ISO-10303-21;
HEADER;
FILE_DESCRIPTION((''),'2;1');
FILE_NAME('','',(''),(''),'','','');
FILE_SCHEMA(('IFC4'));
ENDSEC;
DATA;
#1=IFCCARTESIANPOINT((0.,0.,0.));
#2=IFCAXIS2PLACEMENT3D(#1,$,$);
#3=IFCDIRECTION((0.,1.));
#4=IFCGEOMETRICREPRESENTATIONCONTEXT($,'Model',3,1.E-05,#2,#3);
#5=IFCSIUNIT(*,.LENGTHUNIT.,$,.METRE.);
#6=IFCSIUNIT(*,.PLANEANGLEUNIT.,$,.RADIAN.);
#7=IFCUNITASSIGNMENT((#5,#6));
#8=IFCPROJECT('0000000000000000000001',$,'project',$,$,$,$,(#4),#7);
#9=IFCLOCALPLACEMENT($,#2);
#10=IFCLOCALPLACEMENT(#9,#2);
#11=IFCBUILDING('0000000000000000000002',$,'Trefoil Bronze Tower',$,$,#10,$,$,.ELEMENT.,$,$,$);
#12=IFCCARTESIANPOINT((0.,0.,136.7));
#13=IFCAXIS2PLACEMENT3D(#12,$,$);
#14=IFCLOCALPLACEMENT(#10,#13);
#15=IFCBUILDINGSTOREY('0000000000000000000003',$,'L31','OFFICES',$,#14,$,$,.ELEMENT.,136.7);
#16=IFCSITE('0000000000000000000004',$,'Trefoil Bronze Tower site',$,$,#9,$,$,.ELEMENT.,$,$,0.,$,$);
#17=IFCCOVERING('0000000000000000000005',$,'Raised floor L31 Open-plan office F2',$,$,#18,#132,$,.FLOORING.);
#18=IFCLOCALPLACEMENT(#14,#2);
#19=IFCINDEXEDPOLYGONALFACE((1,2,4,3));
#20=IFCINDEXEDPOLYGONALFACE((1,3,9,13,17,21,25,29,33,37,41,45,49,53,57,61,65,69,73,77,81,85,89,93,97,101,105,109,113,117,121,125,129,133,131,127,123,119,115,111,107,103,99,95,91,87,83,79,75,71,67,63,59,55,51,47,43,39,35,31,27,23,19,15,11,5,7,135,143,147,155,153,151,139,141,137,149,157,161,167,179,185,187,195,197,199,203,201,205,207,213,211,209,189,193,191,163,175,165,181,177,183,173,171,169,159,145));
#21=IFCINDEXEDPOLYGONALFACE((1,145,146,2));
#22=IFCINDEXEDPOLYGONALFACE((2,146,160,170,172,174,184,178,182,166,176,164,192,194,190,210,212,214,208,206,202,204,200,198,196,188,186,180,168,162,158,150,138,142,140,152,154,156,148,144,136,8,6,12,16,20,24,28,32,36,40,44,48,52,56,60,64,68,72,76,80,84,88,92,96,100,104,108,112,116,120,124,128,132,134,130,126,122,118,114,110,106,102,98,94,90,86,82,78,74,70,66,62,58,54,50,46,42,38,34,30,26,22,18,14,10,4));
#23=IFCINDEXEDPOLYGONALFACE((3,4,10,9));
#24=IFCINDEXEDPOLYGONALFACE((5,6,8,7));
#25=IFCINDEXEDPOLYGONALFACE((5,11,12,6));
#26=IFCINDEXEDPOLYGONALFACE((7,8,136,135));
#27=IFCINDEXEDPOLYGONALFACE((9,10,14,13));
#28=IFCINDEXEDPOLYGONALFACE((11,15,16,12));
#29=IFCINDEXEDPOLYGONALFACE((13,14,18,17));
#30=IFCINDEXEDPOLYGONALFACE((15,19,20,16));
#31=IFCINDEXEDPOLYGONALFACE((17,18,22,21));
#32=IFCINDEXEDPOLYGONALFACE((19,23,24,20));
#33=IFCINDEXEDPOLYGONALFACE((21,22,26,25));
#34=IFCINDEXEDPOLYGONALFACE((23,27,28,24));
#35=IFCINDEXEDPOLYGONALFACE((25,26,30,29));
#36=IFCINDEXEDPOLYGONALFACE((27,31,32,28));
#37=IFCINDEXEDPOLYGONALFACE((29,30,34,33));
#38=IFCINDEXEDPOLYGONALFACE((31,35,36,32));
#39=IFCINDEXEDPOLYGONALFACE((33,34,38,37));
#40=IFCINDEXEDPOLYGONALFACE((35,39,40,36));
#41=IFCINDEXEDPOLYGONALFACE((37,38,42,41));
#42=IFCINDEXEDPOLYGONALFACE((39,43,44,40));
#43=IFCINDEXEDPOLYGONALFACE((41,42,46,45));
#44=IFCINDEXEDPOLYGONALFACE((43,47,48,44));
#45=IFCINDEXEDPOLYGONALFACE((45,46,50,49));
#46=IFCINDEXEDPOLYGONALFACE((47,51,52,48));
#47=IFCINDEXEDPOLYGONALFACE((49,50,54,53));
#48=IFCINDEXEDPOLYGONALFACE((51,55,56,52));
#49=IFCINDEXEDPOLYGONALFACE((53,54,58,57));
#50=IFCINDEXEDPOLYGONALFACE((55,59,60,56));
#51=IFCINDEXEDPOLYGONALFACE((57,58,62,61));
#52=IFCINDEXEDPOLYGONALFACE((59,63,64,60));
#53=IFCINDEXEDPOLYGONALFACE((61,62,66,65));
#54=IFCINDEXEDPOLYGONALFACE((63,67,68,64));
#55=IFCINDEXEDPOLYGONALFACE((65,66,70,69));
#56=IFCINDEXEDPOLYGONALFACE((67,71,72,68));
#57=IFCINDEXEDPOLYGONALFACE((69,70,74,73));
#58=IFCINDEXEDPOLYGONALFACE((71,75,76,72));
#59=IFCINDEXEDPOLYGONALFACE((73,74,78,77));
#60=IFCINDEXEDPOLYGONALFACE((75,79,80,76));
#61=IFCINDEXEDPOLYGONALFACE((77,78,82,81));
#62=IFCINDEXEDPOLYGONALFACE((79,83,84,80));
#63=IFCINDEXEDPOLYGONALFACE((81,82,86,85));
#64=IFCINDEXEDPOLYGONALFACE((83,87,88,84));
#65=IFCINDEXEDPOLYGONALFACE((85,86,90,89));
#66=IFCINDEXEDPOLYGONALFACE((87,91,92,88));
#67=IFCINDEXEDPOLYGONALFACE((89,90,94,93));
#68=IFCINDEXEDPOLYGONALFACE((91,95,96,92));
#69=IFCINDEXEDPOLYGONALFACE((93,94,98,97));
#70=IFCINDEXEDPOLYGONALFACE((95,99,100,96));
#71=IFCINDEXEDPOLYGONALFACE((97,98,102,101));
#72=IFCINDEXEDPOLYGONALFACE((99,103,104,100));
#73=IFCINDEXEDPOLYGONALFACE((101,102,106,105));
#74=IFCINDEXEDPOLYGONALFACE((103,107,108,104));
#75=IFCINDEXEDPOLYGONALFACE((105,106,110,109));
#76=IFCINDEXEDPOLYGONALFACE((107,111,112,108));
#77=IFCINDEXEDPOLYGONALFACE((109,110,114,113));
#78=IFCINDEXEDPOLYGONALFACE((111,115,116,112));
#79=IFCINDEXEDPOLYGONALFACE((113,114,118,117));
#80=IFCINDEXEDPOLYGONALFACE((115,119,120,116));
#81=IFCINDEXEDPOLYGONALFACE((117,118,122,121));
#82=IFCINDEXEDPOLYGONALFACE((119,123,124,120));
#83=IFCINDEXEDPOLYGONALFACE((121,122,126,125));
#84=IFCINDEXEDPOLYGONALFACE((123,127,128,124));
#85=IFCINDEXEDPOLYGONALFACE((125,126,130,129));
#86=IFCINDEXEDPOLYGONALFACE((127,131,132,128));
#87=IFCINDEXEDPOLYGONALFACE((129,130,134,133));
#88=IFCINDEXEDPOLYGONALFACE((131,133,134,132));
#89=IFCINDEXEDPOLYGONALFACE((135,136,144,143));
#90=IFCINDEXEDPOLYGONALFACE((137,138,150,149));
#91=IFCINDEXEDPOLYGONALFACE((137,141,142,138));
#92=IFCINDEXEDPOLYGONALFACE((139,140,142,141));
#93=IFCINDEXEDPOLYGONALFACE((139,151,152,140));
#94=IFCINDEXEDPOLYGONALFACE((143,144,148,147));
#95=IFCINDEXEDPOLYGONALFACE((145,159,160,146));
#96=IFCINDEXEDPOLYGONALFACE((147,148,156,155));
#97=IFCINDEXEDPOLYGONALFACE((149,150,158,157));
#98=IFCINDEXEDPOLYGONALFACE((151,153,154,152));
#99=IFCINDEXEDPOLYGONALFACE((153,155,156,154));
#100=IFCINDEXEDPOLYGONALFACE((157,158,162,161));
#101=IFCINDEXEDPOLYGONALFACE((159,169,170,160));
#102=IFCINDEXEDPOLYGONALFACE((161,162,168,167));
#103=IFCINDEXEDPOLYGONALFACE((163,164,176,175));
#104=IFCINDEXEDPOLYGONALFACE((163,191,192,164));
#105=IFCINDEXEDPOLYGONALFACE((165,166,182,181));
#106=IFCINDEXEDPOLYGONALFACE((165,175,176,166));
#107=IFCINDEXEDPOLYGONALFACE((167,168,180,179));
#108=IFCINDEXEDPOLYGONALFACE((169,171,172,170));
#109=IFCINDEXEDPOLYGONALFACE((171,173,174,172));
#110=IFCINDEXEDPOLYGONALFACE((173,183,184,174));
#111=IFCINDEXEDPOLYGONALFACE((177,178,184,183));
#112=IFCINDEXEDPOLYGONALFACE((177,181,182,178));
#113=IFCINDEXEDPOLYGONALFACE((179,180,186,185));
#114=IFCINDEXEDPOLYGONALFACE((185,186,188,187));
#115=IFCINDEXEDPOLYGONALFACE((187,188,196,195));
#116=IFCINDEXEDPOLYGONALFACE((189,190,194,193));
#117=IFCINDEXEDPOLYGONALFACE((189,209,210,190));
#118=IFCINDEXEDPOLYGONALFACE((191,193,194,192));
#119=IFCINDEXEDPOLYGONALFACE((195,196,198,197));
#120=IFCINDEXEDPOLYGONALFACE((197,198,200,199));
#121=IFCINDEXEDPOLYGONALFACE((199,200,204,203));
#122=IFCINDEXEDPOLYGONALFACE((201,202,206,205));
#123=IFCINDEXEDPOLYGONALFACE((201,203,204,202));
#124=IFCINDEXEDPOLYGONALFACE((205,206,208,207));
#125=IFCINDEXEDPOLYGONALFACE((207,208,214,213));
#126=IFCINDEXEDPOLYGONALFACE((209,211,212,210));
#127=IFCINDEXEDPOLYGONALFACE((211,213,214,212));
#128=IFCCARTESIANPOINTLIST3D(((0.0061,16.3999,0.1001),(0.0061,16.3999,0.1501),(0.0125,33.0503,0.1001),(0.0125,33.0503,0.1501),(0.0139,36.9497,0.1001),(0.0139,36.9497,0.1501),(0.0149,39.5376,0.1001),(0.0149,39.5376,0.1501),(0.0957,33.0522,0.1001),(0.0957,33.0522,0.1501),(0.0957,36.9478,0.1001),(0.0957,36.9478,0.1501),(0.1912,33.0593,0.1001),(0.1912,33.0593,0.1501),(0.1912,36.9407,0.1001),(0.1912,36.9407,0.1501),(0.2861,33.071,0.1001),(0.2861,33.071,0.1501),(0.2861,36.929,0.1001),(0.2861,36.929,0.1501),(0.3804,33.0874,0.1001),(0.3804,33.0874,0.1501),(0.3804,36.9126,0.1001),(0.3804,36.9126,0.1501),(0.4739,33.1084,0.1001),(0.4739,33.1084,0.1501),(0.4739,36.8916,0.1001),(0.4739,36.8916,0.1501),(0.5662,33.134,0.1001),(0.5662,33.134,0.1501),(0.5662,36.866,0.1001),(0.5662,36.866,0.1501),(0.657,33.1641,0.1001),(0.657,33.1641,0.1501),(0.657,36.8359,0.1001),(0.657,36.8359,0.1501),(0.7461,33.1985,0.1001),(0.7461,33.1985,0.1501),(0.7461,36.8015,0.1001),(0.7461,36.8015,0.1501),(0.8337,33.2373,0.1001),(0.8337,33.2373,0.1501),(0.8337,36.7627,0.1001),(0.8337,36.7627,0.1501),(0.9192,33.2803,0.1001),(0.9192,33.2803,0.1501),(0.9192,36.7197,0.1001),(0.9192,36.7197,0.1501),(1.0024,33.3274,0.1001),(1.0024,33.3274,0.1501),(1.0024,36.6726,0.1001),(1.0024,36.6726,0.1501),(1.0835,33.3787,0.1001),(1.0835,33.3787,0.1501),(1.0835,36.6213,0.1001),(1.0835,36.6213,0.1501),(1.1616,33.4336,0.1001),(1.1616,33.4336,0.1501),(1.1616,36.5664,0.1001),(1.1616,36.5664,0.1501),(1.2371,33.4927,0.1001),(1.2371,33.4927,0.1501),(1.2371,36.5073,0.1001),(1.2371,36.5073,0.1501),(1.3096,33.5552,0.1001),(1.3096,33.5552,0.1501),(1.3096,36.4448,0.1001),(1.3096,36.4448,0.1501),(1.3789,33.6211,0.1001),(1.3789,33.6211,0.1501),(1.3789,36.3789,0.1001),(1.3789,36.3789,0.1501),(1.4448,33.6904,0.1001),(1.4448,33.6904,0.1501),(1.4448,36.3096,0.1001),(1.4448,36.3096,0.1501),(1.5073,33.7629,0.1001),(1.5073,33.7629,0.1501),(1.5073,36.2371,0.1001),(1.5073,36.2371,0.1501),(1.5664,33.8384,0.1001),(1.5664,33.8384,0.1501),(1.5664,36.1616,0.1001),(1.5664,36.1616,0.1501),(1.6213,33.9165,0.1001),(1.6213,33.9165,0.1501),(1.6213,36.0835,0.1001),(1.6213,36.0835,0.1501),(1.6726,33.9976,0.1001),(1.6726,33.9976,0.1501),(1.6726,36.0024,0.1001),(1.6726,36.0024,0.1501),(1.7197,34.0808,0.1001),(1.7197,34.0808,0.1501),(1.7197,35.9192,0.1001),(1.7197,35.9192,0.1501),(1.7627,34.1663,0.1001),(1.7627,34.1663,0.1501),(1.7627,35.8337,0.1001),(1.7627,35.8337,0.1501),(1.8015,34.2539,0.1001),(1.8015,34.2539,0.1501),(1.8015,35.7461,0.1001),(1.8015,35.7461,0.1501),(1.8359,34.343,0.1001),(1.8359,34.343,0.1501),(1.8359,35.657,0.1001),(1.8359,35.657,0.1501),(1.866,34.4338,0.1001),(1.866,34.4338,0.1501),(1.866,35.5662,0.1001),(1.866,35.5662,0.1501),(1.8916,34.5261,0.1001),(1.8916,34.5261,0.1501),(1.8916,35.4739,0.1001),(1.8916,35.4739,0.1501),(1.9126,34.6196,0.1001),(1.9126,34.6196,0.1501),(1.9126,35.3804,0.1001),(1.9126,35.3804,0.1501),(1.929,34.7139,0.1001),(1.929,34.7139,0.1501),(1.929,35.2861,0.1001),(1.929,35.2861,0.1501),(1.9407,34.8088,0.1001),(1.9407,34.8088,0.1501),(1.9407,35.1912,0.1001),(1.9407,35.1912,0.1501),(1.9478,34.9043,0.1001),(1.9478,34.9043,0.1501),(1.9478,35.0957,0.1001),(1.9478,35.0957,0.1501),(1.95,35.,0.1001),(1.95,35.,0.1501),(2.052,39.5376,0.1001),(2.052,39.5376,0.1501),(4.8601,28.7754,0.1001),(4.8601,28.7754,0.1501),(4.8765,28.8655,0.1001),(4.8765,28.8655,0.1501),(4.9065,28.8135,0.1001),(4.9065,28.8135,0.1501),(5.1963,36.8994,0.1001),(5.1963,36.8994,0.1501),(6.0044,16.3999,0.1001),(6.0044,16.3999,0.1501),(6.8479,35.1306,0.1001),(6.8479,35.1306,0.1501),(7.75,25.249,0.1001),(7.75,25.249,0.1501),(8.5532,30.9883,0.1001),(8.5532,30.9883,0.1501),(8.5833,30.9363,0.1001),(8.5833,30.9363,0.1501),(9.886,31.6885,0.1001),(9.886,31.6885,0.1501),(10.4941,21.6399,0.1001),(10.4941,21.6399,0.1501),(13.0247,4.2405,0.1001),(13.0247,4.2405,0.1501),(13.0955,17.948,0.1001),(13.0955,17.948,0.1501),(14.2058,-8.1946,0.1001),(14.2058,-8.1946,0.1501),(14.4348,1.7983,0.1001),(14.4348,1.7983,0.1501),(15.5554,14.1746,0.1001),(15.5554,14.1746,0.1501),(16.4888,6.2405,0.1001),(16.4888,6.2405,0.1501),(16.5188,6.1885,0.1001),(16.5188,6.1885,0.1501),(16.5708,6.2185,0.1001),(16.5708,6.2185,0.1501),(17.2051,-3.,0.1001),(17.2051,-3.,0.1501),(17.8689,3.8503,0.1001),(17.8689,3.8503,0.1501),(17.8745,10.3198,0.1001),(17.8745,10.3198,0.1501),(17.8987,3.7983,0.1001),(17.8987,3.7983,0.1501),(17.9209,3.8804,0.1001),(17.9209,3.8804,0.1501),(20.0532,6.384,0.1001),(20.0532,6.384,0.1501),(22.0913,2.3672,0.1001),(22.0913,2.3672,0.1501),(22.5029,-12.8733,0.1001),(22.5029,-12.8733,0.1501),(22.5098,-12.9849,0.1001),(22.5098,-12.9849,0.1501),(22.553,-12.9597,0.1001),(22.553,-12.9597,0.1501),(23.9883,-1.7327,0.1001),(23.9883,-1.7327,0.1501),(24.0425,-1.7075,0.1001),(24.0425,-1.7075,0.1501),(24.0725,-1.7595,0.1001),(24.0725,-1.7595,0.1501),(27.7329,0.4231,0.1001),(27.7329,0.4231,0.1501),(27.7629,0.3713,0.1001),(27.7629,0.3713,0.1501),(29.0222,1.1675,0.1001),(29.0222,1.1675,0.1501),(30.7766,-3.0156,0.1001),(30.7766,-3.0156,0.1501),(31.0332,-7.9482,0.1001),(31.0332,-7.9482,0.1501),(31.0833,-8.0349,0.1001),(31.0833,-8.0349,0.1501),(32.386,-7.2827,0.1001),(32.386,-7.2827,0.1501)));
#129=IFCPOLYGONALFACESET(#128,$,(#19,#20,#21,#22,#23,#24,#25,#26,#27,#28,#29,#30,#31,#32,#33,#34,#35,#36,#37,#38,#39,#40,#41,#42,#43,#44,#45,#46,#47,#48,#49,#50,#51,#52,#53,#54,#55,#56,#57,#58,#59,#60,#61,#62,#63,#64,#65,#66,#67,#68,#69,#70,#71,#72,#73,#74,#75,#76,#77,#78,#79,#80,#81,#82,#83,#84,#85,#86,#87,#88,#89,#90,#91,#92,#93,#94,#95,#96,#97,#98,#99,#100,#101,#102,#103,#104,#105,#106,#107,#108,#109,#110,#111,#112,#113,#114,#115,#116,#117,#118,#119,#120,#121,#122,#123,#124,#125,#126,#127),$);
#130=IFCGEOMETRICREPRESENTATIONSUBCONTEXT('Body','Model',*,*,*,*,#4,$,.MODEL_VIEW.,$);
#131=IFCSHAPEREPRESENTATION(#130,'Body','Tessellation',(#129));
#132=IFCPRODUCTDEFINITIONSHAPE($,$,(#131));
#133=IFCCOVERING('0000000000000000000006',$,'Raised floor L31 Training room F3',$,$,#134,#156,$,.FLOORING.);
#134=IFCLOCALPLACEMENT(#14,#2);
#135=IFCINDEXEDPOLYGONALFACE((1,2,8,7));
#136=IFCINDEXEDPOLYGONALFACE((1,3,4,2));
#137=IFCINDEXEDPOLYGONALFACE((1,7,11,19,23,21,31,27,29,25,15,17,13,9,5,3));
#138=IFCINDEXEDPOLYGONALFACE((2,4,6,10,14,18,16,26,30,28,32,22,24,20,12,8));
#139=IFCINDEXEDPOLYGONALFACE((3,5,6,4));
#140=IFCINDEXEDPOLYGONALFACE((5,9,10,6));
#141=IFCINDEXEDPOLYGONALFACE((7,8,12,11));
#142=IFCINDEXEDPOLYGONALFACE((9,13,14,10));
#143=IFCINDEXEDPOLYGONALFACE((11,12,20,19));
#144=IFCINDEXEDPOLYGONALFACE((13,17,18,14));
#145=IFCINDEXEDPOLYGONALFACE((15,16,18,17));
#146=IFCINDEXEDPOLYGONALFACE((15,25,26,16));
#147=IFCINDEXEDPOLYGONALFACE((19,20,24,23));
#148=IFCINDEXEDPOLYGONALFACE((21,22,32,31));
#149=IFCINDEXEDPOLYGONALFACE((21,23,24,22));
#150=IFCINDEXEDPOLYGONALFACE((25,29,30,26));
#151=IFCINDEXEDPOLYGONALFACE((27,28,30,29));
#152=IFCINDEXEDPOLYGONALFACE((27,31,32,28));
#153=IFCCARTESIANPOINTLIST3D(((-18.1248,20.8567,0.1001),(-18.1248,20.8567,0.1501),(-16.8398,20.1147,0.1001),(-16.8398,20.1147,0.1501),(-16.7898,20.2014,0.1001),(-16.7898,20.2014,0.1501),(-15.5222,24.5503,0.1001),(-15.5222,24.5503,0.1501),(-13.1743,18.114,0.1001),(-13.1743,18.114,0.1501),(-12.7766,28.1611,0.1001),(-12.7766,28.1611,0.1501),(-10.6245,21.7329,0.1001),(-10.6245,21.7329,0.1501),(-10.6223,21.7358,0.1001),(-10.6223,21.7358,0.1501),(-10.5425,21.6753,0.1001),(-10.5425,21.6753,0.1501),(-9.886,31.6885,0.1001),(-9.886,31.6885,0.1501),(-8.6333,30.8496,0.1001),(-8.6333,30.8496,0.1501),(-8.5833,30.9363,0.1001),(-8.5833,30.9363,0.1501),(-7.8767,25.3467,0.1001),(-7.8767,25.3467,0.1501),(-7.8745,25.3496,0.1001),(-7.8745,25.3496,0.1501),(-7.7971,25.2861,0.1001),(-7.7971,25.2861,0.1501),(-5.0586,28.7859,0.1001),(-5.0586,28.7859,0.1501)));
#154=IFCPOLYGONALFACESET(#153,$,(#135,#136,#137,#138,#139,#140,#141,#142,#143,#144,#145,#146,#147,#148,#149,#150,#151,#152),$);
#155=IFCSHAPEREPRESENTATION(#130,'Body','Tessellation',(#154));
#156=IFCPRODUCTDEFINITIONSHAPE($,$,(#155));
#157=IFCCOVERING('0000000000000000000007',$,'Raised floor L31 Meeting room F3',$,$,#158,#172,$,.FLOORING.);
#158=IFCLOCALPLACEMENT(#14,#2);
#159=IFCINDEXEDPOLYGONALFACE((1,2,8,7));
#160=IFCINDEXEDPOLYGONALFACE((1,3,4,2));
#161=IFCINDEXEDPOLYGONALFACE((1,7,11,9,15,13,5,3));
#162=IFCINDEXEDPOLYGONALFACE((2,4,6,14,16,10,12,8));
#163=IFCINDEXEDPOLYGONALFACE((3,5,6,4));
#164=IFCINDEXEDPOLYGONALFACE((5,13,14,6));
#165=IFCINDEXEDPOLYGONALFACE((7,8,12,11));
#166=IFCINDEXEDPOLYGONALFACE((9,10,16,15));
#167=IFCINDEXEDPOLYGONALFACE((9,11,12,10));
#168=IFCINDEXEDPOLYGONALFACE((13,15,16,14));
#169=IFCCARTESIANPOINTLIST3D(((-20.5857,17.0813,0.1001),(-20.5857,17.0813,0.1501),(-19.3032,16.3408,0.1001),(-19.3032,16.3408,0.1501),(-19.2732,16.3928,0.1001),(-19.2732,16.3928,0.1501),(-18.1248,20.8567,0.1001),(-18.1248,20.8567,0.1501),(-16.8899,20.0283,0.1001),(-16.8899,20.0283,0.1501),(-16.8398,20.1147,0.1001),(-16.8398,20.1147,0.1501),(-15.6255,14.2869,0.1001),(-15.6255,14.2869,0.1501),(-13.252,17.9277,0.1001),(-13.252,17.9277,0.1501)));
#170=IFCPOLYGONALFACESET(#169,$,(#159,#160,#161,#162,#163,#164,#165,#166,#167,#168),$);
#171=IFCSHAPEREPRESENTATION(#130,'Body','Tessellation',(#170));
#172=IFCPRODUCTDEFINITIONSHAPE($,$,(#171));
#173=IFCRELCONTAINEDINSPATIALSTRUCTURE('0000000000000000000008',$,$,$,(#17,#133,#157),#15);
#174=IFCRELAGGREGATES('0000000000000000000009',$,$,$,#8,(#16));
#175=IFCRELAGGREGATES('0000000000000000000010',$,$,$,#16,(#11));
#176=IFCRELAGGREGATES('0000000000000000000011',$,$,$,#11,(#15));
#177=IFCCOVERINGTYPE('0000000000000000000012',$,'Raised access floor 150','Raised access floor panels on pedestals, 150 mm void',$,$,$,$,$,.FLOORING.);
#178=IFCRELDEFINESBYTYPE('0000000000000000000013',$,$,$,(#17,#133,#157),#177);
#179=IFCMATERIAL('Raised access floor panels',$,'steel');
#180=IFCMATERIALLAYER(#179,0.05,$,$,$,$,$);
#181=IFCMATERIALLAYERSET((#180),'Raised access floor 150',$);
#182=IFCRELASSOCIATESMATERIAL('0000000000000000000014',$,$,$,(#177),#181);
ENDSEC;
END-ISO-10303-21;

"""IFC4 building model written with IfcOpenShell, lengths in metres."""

from ifc_helpers import new_model, si_unit, direction, frame, origin, place, context, subcontext, project, spatial, polyline, outline, extrude, material, layer, layer_set, type_object, element, save


model = new_model("IFC4")

# Units and contexts
model_context = context("Model", 3, precision=1e-05, world=origin(), true_north=direction((0.0, 1.0)))
body_context = subcontext(model_context, "Body", "Model", "MODEL_VIEW")
ifc_project = project(units=[si_unit("LENGTHUNIT", "METRE"), si_unit("PLANEANGLEUNIT", "RADIAN")], contexts=[model_context])

# Site, building, storey
site_placement = place(None, origin())
site = spatial("IfcSite", under=ifc_project, at=site_placement, Name="Trefoil Bronze Tower site", CompositionType="ELEMENT", RefElevation=0.0)
building_placement = place(site_placement, origin())
building = spatial("IfcBuilding", under=site, at=building_placement, Name="Trefoil Bronze Tower", CompositionType="ELEMENT")
storey_placement = place(building_placement, frame((0.0, 0.0, 136.7)))
storey = spatial("IfcBuildingStorey", under=building, at=storey_placement, Name="L31", Description="OFFICES", CompositionType="ELEMENT", Elevation=136.7)

# Coverings
ifc_material_1 = material(Name="Raised access floor panels", Category="steel")
ifc_layer_1 = layer(ifc_material_1, 0.05)
ifc_layer_set_1 = layer_set([ifc_layer_1], Name="Raised access floor 150")
covering_type_1 = type_object("IfcCoveringType", Name="Raised access floor 150", Description="Raised access floor panels on pedestals, 150 mm void", PredefinedType="FLOORING", material=ifc_layer_set_1)
covering_1_placement = place(storey_placement, frame((0.0, 0.0, 0.1001)))
element("IfcCovering", 1, at=covering_1_placement, inside=storey, type_object=covering_type_1, Name="Raised floor L31 Open-plan office F2", PredefinedType="FLOORING", context=body_context, shape_type="SweptSolid", body=[
    extrude(outline(polyline([(9.886, 31.6885), (8.5833, 30.9363), (8.5532, 30.9883), (4.8765, 28.8655), (4.9065, 28.8135), (4.8601, 28.7754), (7.75, 25.249), (10.4941, 21.6399), (13.0955, 17.948), (15.5554, 14.1746), (17.8745, 10.3198), (20.0532, 6.384), (22.0913, 2.3672), (23.9883, -1.7327), (24.0425, -1.7075), (24.0725, -1.7595), (27.7629, 0.3713), (27.7329, 0.4231), (29.0222, 1.1675), (30.7766, -3.0156), (32.386, -7.2827), (31.0833, -8.0349), (31.0332, -7.9482), (22.5029, -12.8733), (22.553, -12.9597), (22.5098, -12.9849), (14.2058, -8.1946), (17.2051, -3.0), (14.4348, 1.7983), (17.8987, 3.7983), (17.8689, 3.8503), (17.9209, 3.8804), (16.5708, 6.2185), (16.5188, 6.1885), (16.4888, 6.2405), (13.0247, 4.2405), (6.0044, 16.3999), (0.0061, 16.3999), (0.0125, 33.0503), (0.0957, 33.0522), (0.1912, 33.0593), (0.2861, 33.071), (0.3804, 33.0874), (0.4739, 33.1084), (0.5662, 33.134), (0.657, 33.1641), (0.7461, 33.1985), (0.8337, 33.2373), (0.9192, 33.2803), (1.0024, 33.3274), (1.0835, 33.3787), (1.1616, 33.4336), (1.2371, 33.4927), (1.3096, 33.5552), (1.3789, 33.6211), (1.4448, 33.6904), (1.5073, 33.7629), (1.5664, 33.8384), (1.6213, 33.9165), (1.6726, 33.9976), (1.7197, 34.0808), (1.7627, 34.1663), (1.8015, 34.2539), (1.8359, 34.343), (1.866, 34.4338), (1.8916, 34.5261), (1.9126, 34.6196), (1.929, 34.7139), (1.9407, 34.8088), (1.9478, 34.9043), (1.95, 35.0), (1.9478, 35.0957), (1.9407, 35.1912), (1.929, 35.2861), (1.9126, 35.3804), (1.8916, 35.4739), (1.866, 35.5662), (1.8359, 35.657), (1.8015, 35.7461), (1.7627, 35.8337), (1.7197, 35.9192), (1.6726, 36.0024), (1.6213, 36.0835), (1.5664, 36.1616), (1.5073, 36.2371), (1.4448, 36.3096), (1.3789, 36.3789), (1.3096, 36.4448), (1.2371, 36.5073), (1.1616, 36.5664), (1.0835, 36.6213), (1.0024, 36.6726), (0.9192, 36.7197), (0.8337, 36.7627), (0.7461, 36.8015), (0.657, 36.8359), (0.5662, 36.866), (0.4739, 36.8916), (0.3804, 36.9126), (0.2861, 36.929), (0.1912, 36.9407), (0.0957, 36.9478), (0.0139, 36.9497), (0.0149, 39.5376), (2.052, 39.5376), (5.1963, 36.8994), (6.8479, 35.1306), (9.886, 31.6885)])), origin(), (0.0, 0.0, 1.0), 0.05),
])
covering_2_placement = place(storey_placement, frame((0.0, 0.0, 0.1001)))
element("IfcCovering", 2, at=covering_2_placement, inside=storey, type_object=covering_type_1, Name="Raised floor L31 Training room F3", PredefinedType="FLOORING", context=body_context, shape_type="SweptSolid", body=[
    extrude(outline(polyline([(-12.7766, 28.1611), (-9.886, 31.6885), (-8.5833, 30.9363), (-8.6333, 30.8496), (-5.0586, 28.7859), (-7.8745, 25.3496), (-7.7971, 25.2861), (-7.8767, 25.3467), (-10.6223, 21.7358), (-10.5425, 21.6753), (-10.6245, 21.7329), (-13.1743, 18.114), (-16.7898, 20.2014), (-16.8398, 20.1147), (-18.1248, 20.8567), (-15.5222, 24.5503), (-12.7766, 28.1611)])), origin(), (0.0, 0.0, 1.0), 0.05),
])
covering_3_placement = place(storey_placement, frame((0.0, 0.0, 0.1001)))
element("IfcCovering", 3, at=covering_3_placement, inside=storey, type_object=covering_type_1, Name="Raised floor L31 Meeting room F3", PredefinedType="FLOORING", context=body_context, shape_type="SweptSolid", body=[
    extrude(outline(polyline([(-18.1248, 20.8567), (-16.8398, 20.1147), (-16.8899, 20.0283), (-13.252, 17.9277), (-15.6255, 14.2869), (-19.2732, 16.3928), (-19.3032, 16.3408), (-20.5857, 17.0813), (-18.1248, 20.8567)])), origin(), (0.0, 0.0, 1.0), 0.05),
])

save(model, "model.ifc")
